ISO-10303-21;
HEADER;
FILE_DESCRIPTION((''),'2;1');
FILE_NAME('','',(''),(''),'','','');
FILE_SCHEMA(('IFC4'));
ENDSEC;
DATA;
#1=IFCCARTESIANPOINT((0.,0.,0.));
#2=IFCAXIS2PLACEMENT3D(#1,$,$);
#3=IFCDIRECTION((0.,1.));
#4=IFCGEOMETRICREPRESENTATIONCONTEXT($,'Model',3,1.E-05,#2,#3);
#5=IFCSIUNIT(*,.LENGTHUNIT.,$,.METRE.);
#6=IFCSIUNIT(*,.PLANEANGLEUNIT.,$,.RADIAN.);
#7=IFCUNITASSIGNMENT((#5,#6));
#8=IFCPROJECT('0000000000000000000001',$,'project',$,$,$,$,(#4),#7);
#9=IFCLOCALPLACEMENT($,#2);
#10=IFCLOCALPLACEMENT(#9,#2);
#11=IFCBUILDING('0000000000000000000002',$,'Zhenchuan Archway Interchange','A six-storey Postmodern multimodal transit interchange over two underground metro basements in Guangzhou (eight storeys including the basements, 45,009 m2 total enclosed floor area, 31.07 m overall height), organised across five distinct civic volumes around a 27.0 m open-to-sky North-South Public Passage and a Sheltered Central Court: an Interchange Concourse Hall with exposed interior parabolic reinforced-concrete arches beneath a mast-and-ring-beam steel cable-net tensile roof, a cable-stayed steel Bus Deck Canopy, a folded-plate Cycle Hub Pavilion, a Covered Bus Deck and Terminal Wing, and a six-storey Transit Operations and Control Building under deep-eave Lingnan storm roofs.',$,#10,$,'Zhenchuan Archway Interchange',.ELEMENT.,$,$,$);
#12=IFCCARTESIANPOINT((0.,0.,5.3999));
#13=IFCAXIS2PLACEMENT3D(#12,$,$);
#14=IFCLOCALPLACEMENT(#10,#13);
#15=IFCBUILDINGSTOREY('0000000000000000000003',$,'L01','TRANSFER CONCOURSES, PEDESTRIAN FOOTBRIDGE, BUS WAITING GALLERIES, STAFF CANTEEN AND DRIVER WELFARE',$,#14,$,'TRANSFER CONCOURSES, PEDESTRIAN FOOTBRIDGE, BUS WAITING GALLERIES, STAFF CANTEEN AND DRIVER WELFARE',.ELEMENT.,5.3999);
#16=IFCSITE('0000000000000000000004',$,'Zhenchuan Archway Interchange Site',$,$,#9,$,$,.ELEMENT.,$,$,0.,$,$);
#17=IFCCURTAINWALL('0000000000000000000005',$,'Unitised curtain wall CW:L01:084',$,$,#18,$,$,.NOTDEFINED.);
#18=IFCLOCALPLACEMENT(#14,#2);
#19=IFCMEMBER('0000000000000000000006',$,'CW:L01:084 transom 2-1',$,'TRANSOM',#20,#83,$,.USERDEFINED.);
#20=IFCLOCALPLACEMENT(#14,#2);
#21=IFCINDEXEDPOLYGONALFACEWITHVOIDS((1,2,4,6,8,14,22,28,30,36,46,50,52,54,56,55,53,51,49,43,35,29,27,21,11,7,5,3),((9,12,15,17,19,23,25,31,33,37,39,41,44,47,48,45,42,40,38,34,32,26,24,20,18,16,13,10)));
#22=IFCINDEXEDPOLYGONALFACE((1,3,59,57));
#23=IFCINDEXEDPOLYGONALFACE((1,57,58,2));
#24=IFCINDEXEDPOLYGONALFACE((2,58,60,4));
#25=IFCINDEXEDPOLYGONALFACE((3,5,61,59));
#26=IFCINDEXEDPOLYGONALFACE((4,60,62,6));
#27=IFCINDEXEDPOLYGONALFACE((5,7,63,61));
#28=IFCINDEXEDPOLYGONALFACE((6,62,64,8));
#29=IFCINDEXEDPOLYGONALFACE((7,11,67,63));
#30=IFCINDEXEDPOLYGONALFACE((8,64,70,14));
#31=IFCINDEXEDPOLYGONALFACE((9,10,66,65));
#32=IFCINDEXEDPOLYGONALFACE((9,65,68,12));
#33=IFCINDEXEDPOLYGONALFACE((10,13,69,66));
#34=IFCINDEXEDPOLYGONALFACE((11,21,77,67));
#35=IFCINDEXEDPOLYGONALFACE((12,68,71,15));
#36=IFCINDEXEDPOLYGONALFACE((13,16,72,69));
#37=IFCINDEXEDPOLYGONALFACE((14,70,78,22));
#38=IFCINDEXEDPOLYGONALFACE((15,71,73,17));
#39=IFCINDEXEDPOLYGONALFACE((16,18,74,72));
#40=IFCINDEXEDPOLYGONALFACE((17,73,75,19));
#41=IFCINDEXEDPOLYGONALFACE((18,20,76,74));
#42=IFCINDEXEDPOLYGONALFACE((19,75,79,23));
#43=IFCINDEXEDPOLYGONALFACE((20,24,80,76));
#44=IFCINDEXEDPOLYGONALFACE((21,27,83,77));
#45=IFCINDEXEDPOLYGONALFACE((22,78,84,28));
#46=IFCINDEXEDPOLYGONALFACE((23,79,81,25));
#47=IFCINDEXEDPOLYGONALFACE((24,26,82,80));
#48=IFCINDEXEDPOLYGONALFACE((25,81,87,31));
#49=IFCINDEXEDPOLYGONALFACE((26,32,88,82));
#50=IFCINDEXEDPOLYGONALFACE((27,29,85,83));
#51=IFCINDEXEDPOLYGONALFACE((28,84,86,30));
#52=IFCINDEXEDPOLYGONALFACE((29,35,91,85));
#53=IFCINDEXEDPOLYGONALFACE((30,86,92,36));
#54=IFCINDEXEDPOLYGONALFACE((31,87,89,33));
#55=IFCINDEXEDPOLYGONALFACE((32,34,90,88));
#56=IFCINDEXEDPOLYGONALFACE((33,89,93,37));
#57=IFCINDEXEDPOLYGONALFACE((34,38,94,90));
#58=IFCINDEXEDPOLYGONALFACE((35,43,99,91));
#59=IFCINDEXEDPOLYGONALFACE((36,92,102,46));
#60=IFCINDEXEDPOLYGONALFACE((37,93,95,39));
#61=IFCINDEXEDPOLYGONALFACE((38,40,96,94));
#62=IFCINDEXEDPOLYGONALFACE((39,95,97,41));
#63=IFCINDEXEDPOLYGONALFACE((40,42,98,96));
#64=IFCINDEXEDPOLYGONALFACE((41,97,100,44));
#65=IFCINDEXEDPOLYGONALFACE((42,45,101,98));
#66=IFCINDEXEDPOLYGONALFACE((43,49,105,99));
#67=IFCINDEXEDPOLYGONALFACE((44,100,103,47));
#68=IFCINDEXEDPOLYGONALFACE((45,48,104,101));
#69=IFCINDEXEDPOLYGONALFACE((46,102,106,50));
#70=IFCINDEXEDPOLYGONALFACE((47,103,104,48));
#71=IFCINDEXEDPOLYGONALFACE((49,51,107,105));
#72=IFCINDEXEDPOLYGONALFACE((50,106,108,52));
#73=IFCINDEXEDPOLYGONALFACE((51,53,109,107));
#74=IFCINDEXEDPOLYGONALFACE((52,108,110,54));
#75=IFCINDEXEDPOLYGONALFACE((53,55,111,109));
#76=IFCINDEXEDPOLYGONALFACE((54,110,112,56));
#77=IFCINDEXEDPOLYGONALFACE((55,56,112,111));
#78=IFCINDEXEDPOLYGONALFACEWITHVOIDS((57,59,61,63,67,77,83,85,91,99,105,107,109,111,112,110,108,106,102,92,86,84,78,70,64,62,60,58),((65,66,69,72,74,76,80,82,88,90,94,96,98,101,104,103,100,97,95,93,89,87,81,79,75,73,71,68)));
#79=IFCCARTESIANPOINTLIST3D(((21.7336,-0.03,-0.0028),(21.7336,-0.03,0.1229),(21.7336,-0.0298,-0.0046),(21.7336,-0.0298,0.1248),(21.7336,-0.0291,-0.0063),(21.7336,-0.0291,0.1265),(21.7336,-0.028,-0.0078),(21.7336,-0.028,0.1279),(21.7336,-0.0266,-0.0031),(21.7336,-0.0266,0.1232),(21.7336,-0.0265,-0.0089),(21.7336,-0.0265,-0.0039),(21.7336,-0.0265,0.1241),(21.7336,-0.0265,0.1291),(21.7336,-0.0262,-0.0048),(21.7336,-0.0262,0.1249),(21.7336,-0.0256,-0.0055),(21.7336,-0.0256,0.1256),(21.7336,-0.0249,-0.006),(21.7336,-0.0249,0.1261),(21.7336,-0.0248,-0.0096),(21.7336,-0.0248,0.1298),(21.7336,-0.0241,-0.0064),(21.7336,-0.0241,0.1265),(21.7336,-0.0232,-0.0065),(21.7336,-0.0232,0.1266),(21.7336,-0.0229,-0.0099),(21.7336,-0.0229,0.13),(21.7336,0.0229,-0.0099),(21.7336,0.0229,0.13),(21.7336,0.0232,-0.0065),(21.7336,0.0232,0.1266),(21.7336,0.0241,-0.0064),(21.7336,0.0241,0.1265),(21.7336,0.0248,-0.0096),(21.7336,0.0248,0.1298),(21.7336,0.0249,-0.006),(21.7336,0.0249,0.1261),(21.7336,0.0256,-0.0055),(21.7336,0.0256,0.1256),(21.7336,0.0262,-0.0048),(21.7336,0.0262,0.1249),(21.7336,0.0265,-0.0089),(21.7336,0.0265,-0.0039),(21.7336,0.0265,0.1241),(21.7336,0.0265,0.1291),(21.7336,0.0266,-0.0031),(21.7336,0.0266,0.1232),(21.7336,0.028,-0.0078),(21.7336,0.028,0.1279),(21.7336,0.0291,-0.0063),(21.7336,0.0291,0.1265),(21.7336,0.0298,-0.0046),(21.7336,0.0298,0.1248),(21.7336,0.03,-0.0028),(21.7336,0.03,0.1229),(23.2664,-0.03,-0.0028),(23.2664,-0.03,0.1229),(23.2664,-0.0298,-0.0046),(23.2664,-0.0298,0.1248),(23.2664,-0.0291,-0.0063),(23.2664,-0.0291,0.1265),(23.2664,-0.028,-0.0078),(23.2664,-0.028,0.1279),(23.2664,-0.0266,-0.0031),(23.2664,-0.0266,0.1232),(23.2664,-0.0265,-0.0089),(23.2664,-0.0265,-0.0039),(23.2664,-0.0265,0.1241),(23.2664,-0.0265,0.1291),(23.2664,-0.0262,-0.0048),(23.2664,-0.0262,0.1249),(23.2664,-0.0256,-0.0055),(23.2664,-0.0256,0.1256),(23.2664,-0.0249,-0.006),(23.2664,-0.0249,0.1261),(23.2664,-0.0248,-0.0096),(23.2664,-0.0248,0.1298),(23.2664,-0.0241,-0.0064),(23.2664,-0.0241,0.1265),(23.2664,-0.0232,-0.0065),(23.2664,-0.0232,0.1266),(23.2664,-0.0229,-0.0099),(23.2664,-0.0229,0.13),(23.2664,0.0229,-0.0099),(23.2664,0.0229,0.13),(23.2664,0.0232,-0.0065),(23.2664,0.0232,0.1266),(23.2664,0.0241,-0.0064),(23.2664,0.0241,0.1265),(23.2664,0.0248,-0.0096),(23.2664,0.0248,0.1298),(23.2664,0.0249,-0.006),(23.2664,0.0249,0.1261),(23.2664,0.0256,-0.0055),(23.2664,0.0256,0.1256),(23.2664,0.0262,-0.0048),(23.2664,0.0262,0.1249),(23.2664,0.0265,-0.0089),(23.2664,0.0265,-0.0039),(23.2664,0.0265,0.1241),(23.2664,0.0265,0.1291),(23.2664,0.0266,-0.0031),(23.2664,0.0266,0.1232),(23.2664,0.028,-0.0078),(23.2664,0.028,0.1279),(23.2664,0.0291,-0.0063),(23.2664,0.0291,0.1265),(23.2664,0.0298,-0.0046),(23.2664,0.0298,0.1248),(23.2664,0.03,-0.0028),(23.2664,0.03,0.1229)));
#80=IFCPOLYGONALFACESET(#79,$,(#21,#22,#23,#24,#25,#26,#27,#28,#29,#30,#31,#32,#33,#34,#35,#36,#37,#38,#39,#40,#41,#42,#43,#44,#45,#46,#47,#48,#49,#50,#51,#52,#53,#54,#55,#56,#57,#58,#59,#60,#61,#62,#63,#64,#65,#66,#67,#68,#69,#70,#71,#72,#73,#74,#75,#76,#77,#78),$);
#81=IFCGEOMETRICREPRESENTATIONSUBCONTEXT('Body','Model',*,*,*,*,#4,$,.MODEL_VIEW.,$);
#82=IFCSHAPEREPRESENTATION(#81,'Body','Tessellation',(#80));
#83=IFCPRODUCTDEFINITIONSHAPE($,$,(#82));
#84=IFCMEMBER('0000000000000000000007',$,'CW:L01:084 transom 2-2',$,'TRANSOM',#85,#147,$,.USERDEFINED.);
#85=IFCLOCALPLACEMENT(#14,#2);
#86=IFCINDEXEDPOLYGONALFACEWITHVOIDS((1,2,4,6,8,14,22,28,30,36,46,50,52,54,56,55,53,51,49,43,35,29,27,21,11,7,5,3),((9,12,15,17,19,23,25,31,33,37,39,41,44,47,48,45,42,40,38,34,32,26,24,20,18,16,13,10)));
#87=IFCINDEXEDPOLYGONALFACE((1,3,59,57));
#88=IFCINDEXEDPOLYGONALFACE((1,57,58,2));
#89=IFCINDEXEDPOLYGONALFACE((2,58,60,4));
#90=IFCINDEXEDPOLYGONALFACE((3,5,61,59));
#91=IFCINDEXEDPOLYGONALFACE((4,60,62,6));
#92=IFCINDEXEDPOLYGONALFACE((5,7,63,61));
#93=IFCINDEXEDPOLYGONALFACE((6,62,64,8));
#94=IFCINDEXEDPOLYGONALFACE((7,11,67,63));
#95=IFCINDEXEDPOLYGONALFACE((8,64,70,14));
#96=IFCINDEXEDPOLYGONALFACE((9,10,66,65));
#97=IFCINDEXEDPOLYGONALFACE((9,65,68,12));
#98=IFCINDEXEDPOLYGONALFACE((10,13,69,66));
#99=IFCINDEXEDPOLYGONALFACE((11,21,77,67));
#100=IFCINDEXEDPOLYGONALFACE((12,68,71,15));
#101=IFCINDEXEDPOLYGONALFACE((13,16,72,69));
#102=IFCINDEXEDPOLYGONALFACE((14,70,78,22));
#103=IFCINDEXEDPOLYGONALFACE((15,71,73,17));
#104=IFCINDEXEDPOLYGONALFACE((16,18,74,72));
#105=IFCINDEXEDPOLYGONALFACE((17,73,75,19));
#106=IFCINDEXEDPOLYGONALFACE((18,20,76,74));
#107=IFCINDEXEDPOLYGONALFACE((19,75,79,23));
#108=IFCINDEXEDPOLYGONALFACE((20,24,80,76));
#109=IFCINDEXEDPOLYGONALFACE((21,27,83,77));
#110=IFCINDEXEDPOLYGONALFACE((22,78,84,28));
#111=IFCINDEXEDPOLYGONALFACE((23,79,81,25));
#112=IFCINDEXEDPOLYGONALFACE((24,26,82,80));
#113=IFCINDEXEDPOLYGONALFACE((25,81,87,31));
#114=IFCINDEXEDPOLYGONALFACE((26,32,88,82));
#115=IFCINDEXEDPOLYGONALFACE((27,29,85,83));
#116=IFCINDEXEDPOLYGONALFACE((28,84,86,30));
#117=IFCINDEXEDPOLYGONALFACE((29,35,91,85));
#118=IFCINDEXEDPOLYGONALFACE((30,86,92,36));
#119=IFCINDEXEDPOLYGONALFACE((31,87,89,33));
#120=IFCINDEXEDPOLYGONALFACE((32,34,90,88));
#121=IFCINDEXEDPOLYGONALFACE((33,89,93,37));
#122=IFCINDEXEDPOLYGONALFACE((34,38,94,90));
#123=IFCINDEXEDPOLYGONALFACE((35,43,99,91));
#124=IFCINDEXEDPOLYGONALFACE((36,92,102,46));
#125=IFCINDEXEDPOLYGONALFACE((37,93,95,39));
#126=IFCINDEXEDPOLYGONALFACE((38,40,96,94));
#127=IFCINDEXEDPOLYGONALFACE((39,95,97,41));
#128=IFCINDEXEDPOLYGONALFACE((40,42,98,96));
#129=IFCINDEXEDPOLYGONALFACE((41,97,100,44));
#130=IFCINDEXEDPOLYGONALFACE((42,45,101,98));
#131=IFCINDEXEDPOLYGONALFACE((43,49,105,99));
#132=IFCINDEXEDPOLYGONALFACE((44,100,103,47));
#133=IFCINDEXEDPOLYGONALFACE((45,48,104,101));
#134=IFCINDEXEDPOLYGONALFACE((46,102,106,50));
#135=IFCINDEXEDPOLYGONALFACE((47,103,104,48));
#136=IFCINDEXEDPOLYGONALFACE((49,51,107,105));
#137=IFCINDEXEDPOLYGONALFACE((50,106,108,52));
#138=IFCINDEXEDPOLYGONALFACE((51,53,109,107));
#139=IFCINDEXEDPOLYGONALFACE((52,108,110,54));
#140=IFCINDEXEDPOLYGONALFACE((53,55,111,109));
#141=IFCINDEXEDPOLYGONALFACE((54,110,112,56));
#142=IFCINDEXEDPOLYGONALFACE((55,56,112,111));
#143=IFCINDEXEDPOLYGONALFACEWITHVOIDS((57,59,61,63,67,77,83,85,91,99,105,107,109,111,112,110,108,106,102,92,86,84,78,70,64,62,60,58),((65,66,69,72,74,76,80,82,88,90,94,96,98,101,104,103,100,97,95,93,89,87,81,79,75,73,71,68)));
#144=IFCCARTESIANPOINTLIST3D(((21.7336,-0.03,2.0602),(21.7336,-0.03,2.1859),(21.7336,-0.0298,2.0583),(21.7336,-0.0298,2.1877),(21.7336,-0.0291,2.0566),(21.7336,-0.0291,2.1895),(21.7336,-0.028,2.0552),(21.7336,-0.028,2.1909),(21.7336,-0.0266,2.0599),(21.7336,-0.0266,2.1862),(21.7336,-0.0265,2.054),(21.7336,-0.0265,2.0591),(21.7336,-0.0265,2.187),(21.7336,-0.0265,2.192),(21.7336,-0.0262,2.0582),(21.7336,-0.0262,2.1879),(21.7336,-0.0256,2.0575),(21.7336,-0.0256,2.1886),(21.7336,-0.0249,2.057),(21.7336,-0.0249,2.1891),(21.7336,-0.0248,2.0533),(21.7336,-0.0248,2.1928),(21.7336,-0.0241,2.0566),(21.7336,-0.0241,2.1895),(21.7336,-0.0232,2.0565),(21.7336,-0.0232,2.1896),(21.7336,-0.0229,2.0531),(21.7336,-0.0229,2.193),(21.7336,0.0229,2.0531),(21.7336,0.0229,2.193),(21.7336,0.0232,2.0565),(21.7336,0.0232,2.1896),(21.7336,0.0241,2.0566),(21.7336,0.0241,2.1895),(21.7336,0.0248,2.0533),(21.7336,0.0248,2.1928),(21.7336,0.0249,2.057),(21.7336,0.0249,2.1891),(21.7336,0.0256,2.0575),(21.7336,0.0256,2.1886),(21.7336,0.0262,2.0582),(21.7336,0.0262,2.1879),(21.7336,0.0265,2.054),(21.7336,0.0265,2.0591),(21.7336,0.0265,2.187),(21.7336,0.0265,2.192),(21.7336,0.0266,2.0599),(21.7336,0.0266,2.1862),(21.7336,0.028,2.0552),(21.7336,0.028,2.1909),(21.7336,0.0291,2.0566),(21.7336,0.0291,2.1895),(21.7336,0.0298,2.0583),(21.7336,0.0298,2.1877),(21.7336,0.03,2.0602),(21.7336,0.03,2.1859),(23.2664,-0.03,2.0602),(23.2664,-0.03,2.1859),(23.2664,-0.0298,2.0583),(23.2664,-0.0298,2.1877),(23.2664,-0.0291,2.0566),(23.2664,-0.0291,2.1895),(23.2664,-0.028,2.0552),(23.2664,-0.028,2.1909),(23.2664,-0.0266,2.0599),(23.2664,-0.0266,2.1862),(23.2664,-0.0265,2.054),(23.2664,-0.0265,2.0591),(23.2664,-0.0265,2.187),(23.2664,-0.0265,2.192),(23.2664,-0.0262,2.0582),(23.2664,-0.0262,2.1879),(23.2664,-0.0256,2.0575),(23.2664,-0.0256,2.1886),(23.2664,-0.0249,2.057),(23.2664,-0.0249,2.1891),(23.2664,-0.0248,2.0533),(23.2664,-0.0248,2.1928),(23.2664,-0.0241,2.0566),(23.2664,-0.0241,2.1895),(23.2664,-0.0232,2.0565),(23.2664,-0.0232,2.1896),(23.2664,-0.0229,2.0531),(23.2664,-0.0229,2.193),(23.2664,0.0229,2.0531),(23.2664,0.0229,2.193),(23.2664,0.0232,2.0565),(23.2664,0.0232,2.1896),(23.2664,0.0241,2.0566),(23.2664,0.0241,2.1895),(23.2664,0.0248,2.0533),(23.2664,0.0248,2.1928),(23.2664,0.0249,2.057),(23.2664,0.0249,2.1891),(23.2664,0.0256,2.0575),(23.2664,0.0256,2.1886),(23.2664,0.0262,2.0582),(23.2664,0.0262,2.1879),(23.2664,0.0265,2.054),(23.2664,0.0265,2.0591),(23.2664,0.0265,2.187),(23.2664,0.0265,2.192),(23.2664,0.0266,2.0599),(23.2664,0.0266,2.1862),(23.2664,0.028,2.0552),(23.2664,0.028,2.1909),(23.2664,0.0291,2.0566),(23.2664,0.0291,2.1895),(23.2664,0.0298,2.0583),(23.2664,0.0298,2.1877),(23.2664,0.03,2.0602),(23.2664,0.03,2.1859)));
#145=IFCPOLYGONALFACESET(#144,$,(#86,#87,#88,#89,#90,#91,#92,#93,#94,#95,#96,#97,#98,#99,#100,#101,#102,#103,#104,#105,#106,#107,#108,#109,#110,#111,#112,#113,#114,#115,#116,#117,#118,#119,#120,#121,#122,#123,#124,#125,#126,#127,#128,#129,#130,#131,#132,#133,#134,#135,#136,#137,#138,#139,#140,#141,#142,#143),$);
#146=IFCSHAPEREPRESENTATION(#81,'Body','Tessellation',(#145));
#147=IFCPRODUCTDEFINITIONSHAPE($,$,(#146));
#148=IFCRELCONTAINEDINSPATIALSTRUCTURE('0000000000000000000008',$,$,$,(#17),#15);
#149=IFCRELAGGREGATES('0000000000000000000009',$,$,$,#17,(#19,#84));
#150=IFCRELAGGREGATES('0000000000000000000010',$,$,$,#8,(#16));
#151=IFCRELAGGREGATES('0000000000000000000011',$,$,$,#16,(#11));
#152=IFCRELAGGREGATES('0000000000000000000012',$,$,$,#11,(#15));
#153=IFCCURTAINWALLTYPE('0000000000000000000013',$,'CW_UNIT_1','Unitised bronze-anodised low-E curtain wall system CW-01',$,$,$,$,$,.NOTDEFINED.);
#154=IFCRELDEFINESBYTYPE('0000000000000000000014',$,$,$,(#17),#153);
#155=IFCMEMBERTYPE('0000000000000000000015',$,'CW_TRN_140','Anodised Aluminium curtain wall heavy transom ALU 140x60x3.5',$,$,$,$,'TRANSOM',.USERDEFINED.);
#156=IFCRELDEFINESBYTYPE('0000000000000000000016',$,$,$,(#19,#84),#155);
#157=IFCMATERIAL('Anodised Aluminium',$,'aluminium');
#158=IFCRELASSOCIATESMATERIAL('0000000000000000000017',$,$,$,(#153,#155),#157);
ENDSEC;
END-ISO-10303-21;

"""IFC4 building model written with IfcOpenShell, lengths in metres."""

from ifc_helpers import new_model, si_unit, direction, frame, origin, origin_2d, place, context, subcontext, project, spatial, hollow_rectangle, extrude, material, material_profile, profile_set, type_object, element, aggregate, save


model = new_model("IFC4")

# Units and contexts
model_context = context("Model", 3, precision=1e-05, world=origin(), true_north=direction((0.0, 1.0)))
body_context = subcontext(model_context, "Body", "Model", "MODEL_VIEW")
ifc_project = project(units=[si_unit("LENGTHUNIT", "METRE"), si_unit("PLANEANGLEUNIT", "RADIAN")], contexts=[model_context])

# Site, building, storey
site_placement = place(None, origin())
site = spatial("IfcSite", under=ifc_project, at=site_placement, Name="Zhenchuan Archway Interchange Site", CompositionType="ELEMENT", RefElevation=0.0)
building_placement = place(site_placement, origin())
building = spatial("IfcBuilding", under=site, at=building_placement, Name="Zhenchuan Archway Interchange", Description="A six-storey Postmodern multimodal transit interchange over two underground metro basements in Guangzhou (eight storeys including the basements, 45,009 m2 total enclosed floor area, 31.07 m overall height), organised across five distinct civic volumes around a 27.0 m open-to-sky North-South Public Passage and a Sheltered Central Court: an Interchange Concourse Hall with exposed interior parabolic reinforced-concrete arches beneath a mast-and-ring-beam steel cable-net tensile roof, a cable-stayed steel Bus Deck Canopy, a folded-plate Cycle Hub Pavilion, a Covered Bus Deck and Terminal Wing, and a six-storey Transit Operations and Control Building under deep-eave Lingnan storm roofs.", LongName="Zhenchuan Archway Interchange", CompositionType="ELEMENT")
storey_placement = place(building_placement, frame((0.0, 0.0, 5.3999)))
storey = spatial("IfcBuildingStorey", under=building, at=storey_placement, Name="L01", Description="TRANSFER CONCOURSES, PEDESTRIAN FOOTBRIDGE, BUS WAITING GALLERIES, STAFF CANTEEN AND DRIVER WELFARE", LongName="TRANSFER CONCOURSES, PEDESTRIAN FOOTBRIDGE, BUS WAITING GALLERIES, STAFF CANTEEN AND DRIVER WELFARE", CompositionType="ELEMENT", Elevation=5.3999)

# Curtain wall, members
ifc_material_1 = material(Name="Anodised Aluminium", Category="aluminium")
curtain_wall_type = type_object("IfcCurtainWallType", Name="CW_UNIT_1", Description="Unitised bronze-anodised low-E curtain wall system CW-01", PredefinedType="NOTDEFINED", material=ifc_material_1)
curtain_wall_placement = place(storey_placement, origin())
curtain_wall = element("IfcCurtainWall", 1, at=curtain_wall_placement, inside=storey, type_object=curtain_wall_type, Name="Unitised curtain wall CW:L01:084", PredefinedType="NOTDEFINED")
ifc_material_profile_1 = material_profile(ifc_material_1, hollow_rectangle(XDim=0.0601, YDim=0.1399, WallThickness=0.0034, InnerFilletRadius=0.0034, OuterFilletRadius=0.0071, at=origin_2d()), Name="ALU 140x60x3.5")
ifc_profile_set_1 = profile_set([ifc_material_profile_1], Name="Anodised Aluminium")
member_type_1 = type_object("IfcMemberType", Name="CW_TRN_140", Description="Anodised Aluminium curtain wall heavy transom ALU 140x60x3.5", ElementType="TRANSOM", PredefinedType="USERDEFINED", material=ifc_profile_set_1)
member_1_placement = place(storey_placement, frame((23.2664, 0.0, 0.0601), z_axis=(-1.0, 0.0, 0.0), x_axis=(0.0, -1.0, 0.0)))
member_1 = element("IfcMember", 2, at=member_1_placement, type_object=member_type_1, Name="CW:L01:084 transom 2-1", ObjectType="TRANSOM", PredefinedType="USERDEFINED", context=body_context, shape_type="SweptSolid", body=[
    extrude(hollow_rectangle(XDim=0.0601, YDim=0.1399, WallThickness=0.0034, InnerFilletRadius=0.0034, OuterFilletRadius=0.0071, at=origin_2d()), origin(), (0.0, 0.0, 1.0), 1.5327),
])
member_2_placement = place(storey_placement, frame((23.2664, 0.0, 2.123), z_axis=(-1.0, 0.0, 0.0), x_axis=(0.0, -1.0, 0.0)))
member_2 = element("IfcMember", 3, at=member_2_placement, type_object=member_type_1, Name="CW:L01:084 transom 2-2", ObjectType="TRANSOM", PredefinedType="USERDEFINED", context=body_context, shape_type="SweptSolid", body=[
    extrude(hollow_rectangle(XDim=0.0601, YDim=0.1399, WallThickness=0.0034, InnerFilletRadius=0.0034, OuterFilletRadius=0.0071, at=origin_2d()), origin(), (0.0, 0.0, 1.0), 1.5327),
])

aggregate(curtain_wall, [member_1, member_2])

save(model, "model.ifc")
